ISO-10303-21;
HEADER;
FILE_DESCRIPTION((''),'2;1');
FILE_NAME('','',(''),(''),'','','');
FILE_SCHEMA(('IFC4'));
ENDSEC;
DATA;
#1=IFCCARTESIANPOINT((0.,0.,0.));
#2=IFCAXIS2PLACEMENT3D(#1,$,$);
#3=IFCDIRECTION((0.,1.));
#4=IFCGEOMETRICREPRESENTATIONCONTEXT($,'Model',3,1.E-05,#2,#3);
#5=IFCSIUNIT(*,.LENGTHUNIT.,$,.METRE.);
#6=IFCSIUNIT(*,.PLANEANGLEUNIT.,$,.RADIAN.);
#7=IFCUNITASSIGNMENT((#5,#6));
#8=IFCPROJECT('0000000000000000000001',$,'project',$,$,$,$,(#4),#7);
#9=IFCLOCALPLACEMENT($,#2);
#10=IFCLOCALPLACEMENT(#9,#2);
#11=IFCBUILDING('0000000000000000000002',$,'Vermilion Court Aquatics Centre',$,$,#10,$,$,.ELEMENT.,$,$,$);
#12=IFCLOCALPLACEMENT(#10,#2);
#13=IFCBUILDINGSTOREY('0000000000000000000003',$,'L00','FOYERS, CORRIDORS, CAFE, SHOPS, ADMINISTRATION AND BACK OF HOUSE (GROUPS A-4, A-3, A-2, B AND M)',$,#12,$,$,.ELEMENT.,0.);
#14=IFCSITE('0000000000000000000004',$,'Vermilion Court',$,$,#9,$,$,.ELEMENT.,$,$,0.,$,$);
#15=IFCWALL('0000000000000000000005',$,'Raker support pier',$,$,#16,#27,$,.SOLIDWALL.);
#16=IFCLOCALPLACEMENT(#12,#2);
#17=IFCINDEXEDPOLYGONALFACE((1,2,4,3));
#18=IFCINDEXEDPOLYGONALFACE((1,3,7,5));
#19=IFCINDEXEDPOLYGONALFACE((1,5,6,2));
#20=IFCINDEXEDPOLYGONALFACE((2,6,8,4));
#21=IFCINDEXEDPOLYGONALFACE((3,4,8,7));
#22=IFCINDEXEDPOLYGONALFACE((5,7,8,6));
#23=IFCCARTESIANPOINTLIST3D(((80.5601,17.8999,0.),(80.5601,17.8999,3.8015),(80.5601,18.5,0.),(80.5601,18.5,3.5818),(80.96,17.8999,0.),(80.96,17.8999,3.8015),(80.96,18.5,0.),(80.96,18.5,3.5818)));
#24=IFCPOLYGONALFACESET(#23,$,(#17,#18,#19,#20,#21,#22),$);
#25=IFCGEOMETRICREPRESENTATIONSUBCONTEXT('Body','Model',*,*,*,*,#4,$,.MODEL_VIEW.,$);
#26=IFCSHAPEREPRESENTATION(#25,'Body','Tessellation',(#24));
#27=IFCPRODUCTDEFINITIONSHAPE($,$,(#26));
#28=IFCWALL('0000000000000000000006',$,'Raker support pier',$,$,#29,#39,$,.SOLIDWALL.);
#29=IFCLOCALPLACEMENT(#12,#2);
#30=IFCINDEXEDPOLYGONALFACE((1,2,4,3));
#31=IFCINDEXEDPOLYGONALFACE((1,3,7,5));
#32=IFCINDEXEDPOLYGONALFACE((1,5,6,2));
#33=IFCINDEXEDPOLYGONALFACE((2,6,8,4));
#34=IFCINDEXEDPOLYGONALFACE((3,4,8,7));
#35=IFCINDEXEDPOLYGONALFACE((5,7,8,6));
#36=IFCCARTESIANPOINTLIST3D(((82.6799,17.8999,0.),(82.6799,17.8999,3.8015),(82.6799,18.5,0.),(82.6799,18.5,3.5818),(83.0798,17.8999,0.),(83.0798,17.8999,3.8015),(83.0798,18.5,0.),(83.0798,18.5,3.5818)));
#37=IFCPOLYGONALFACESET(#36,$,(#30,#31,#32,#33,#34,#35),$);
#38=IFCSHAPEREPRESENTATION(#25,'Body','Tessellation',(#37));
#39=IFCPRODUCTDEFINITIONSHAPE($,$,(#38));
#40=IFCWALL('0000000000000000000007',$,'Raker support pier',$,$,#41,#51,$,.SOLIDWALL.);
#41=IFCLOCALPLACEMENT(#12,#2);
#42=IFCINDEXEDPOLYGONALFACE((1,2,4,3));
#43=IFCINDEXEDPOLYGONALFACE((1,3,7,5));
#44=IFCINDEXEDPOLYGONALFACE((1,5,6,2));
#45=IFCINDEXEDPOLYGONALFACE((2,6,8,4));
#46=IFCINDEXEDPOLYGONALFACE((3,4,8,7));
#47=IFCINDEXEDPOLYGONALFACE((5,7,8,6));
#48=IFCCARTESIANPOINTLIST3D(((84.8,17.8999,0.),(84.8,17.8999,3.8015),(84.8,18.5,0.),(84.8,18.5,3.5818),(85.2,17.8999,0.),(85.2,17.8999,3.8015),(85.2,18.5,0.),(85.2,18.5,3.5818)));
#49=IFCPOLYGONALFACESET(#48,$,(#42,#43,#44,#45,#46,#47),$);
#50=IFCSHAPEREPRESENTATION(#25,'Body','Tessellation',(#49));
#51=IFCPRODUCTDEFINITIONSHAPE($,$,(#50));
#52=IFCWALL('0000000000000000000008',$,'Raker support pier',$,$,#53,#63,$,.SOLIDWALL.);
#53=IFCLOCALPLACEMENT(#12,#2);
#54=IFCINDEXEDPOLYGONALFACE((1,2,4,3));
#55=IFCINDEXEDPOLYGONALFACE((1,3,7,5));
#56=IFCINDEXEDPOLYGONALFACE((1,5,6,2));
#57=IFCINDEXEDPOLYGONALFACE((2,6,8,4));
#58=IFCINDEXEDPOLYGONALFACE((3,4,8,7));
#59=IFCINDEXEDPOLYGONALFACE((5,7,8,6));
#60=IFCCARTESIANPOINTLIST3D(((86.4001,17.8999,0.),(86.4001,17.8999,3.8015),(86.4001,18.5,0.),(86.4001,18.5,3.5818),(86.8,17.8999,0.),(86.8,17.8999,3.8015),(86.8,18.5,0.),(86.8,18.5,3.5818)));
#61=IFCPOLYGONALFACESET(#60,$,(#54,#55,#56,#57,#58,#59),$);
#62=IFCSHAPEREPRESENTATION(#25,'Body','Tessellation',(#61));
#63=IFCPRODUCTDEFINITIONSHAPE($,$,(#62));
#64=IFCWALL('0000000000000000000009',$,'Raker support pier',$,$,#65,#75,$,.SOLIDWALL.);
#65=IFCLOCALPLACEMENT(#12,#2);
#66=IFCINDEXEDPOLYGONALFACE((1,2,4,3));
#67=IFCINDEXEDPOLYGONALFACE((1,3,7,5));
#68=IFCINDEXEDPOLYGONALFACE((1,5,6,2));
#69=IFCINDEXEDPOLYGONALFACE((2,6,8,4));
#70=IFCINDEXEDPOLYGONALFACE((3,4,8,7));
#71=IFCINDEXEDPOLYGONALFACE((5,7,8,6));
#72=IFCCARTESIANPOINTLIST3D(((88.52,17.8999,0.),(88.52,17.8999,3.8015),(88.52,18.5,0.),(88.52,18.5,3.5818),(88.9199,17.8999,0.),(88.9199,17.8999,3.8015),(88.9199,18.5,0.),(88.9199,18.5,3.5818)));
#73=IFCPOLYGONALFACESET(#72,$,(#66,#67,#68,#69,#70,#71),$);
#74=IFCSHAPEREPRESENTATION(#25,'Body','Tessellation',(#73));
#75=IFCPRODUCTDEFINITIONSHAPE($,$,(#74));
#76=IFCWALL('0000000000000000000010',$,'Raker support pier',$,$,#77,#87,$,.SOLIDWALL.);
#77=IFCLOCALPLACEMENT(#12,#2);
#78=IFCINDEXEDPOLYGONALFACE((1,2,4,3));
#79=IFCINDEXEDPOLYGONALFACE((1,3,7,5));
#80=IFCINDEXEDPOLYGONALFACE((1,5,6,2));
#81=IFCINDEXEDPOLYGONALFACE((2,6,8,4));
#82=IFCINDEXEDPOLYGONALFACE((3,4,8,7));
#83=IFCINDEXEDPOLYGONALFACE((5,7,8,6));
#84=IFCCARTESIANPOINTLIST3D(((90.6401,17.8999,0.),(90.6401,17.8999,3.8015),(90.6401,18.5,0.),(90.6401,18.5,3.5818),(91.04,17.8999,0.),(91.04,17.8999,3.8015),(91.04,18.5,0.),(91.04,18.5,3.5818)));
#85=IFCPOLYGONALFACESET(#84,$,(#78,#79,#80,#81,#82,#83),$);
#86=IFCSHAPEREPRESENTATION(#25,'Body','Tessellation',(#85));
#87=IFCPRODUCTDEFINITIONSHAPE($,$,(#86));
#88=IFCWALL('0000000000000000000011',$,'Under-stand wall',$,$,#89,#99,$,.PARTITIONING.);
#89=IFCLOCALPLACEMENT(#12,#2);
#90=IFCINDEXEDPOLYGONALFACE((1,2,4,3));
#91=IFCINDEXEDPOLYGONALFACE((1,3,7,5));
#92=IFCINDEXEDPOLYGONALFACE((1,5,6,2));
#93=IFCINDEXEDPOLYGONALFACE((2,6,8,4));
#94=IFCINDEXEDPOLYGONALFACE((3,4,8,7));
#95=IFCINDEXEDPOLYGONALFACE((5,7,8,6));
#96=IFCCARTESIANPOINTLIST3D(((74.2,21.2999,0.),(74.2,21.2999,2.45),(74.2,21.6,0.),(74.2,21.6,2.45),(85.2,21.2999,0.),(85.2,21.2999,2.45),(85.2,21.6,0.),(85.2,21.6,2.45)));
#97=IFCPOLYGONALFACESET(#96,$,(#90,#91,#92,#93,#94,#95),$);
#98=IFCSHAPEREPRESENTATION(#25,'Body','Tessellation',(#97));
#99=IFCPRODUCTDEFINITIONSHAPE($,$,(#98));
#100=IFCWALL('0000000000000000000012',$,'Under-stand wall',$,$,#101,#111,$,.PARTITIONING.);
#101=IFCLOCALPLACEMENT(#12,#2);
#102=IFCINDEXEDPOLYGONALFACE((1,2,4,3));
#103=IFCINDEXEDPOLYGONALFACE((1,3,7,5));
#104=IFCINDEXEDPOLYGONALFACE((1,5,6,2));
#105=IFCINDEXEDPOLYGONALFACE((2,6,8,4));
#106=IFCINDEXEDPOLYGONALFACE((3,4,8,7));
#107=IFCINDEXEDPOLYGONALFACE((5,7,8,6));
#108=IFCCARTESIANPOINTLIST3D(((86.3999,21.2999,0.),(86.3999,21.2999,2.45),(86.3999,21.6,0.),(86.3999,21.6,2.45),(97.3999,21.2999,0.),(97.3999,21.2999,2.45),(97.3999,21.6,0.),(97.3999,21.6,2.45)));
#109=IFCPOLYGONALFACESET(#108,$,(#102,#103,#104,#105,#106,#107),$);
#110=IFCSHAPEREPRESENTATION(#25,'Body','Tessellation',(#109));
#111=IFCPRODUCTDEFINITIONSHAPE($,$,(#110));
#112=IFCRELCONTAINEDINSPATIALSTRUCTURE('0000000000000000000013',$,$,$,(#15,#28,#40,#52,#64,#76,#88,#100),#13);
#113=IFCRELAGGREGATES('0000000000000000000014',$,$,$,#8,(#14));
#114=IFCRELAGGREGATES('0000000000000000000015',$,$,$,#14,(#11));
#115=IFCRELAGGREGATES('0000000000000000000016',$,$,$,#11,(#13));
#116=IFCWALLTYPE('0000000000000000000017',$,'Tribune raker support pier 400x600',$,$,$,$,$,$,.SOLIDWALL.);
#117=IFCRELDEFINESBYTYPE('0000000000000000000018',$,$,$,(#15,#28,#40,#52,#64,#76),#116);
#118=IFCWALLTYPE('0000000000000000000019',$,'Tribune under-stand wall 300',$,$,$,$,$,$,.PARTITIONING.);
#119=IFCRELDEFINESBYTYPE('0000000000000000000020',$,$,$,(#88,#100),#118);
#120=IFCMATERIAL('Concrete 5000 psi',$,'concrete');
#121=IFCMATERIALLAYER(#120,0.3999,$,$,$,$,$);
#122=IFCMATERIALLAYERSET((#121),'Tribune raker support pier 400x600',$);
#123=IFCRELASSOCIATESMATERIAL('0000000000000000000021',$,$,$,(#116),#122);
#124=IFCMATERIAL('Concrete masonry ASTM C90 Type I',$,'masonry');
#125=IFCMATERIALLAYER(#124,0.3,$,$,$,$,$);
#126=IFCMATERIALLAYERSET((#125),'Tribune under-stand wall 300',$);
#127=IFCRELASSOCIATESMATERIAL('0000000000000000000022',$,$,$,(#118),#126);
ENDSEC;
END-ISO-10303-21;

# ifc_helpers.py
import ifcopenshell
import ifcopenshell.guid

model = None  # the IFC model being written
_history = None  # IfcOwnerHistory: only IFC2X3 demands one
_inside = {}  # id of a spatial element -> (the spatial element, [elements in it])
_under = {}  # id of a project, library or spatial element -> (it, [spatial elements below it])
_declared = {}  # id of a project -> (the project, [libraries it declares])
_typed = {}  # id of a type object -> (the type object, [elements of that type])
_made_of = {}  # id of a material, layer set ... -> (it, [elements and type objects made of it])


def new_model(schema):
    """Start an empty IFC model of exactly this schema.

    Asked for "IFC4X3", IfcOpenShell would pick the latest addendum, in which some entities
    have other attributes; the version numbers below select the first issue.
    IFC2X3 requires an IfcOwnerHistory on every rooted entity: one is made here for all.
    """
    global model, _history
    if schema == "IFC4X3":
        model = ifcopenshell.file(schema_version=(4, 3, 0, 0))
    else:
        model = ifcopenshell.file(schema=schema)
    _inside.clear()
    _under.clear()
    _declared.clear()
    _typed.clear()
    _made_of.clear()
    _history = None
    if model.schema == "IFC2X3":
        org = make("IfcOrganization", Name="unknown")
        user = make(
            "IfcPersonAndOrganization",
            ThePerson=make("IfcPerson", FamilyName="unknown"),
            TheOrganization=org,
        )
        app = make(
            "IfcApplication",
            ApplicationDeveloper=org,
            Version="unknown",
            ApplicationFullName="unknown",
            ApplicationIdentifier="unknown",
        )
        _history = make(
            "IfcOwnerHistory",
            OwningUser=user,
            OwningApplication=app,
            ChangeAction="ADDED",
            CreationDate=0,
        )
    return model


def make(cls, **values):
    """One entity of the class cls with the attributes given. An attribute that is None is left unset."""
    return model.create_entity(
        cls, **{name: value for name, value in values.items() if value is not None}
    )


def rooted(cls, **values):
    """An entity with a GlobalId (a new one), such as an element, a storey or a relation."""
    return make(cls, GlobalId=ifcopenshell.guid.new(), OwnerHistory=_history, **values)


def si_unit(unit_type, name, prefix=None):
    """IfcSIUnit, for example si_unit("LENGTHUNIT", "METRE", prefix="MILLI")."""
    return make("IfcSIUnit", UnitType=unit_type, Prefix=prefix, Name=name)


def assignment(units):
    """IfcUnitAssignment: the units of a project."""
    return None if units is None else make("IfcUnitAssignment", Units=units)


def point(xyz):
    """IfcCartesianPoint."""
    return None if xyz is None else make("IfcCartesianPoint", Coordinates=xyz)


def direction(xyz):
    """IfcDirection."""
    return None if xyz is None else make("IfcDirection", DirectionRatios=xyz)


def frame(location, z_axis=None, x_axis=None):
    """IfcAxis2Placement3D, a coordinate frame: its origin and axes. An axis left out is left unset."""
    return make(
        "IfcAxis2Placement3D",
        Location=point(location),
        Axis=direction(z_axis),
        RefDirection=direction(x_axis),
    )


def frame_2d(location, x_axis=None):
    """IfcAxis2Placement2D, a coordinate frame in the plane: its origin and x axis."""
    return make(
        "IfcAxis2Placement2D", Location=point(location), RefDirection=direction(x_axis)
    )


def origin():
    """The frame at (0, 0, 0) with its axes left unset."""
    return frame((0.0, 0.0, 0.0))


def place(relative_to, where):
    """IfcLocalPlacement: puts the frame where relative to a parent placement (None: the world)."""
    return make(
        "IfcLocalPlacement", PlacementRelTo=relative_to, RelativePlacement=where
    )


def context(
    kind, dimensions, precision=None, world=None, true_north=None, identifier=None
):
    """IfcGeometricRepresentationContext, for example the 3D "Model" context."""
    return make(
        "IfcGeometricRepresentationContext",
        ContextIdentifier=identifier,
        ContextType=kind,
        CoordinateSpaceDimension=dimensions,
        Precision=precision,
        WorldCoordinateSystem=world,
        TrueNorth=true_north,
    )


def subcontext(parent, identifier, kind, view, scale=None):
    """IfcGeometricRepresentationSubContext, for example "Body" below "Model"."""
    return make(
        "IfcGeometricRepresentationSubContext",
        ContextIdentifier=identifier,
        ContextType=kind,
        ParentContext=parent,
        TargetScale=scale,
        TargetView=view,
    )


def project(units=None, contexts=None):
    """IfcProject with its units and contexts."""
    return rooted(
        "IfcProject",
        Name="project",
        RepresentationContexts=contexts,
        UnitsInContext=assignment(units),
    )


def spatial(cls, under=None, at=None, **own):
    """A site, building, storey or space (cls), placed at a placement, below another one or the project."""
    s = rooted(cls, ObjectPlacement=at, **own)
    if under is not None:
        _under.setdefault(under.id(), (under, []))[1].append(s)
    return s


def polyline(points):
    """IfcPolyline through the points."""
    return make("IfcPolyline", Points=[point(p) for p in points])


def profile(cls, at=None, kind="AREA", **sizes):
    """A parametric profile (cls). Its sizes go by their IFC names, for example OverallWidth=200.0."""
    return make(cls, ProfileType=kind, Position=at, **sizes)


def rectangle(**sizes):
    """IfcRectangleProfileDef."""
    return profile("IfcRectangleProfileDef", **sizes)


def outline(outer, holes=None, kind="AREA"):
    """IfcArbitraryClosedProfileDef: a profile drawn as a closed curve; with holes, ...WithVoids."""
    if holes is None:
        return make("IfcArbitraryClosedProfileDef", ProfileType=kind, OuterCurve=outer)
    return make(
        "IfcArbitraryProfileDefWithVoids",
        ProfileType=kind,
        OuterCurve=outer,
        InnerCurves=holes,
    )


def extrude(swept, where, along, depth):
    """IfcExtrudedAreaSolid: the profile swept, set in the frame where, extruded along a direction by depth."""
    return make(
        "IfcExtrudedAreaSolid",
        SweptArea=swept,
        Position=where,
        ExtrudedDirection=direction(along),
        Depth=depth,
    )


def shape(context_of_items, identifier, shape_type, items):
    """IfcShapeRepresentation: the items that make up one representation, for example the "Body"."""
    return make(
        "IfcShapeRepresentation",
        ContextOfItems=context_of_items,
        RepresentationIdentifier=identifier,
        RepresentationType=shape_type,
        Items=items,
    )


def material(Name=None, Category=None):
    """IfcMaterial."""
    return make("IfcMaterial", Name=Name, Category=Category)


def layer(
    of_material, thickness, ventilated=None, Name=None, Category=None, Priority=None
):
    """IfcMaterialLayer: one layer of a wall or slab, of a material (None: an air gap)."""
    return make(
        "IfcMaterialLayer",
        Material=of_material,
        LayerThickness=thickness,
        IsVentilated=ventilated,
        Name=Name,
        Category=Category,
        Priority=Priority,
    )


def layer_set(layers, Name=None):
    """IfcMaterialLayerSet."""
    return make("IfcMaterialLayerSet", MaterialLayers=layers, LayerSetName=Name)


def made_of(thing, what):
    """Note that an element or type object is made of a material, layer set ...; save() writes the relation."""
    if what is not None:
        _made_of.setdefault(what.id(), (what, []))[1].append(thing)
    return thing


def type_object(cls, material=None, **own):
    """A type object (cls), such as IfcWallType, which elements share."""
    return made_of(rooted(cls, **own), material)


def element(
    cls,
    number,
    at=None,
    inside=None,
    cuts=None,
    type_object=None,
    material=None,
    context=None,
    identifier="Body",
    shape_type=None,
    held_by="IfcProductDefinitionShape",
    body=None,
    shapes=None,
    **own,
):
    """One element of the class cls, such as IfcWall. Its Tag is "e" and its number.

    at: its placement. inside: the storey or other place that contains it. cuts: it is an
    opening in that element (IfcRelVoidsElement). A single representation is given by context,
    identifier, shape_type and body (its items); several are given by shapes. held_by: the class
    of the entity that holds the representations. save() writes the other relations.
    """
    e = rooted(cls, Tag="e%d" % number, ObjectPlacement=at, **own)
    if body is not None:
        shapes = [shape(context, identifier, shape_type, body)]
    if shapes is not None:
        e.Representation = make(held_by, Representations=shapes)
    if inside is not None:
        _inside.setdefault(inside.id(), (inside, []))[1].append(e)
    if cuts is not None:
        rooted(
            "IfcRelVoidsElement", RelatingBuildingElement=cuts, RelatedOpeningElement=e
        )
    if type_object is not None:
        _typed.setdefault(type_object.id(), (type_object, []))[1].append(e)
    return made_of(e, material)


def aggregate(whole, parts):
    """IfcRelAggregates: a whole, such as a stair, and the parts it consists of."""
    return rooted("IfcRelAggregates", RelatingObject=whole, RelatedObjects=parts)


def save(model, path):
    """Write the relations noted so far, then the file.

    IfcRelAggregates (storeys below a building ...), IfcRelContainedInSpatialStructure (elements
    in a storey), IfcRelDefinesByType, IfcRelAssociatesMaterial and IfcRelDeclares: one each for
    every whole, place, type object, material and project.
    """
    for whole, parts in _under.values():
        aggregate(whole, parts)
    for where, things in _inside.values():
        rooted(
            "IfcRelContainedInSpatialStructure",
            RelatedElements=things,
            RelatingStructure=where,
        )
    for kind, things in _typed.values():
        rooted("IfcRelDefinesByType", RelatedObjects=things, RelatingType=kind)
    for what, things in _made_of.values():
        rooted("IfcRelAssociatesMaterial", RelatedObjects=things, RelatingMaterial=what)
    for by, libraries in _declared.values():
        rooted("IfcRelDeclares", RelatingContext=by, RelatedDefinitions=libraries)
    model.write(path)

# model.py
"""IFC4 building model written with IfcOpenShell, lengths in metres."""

from ifc_helpers import new_model, si_unit, direction, frame, frame_2d, origin, place, context, subcontext, project, spatial, polyline, rectangle, outline, extrude, material, layer, layer_set, type_object, element, save


model = new_model("IFC4")

# Units and contexts
model_context = context("Model", 3, precision=1e-05, world=origin(), true_north=direction((0.0, 1.0)))
body_context = subcontext(model_context, "Body", "Model", "MODEL_VIEW")
ifc_project = project(units=[si_unit("LENGTHUNIT", "METRE"), si_unit("PLANEANGLEUNIT", "RADIAN")], contexts=[model_context])

# Site, building, storey
site_placement = place(None, origin())
site = spatial("IfcSite", under=ifc_project, at=site_placement, Name="Vermilion Court", CompositionType="ELEMENT", RefElevation=0.0)
building_placement = place(site_placement, origin())
building = spatial("IfcBuilding", under=site, at=building_placement, Name="Vermilion Court Aquatics Centre", CompositionType="ELEMENT")
storey_placement = place(building_placement, origin())
storey = spatial("IfcBuildingStorey", under=building, at=storey_placement, Name="L00", Description="FOYERS, CORRIDORS, CAFE, SHOPS, ADMINISTRATION AND BACK OF HOUSE (GROUPS A-4, A-3, A-2, B AND M)", CompositionType="ELEMENT", Elevation=0.0)

# Walls
ifc_material_1 = material(Name="Concrete 5000 psi", Category="concrete")
ifc_layer_1 = layer(ifc_material_1, 0.3999)
ifc_layer_set_1 = layer_set([ifc_layer_1], Name="Tribune raker support pier 400x600")
wall_type_1 = type_object("IfcWallType", Name="Tribune raker support pier 400x600", PredefinedType="SOLIDWALL", material=ifc_layer_set_1)
for number, where, z_axis, x_axis, name in (
    (1, (80.76, 18.5, 0.0), (0.0, 0.0, 1.0), (0.0, -1.0, 0.0), "Raker support pier"),
    (2, (82.8799, 18.5, 0.0), (0.0, 0.0, 1.0), (0.0, -1.0, 0.0), "Raker support pier"),
    (3, (85.0, 18.5, 0.0), (0.0, 0.0, 1.0), (0.0, -1.0, 0.0), "Raker support pier"),
    (4, (86.6001, 18.5, 0.0), (0.0, 0.0, 1.0), (0.0, -1.0, 0.0), "Raker support pier"),
    (5, (88.72, 18.5, 0.0), (0.0, 0.0, 1.0), (0.0, -1.0, 0.0), "Raker support pier"),
    (6, (90.8401, 18.5, 0.0), (0.0, 0.0, 1.0), (0.0, -1.0, 0.0), "Raker support pier"),
):
    element("IfcWall", number, at=place(storey_placement, frame(where, z_axis=z_axis, x_axis=x_axis)), inside=storey, type_object=wall_type_1, Name=name, PredefinedType="SOLIDWALL", context=body_context, shape_type="SweptSolid", body=[
        extrude(outline(polyline([(0.0, 0.0), (0.6001, 0.0), (0.6001, 3.8015), (0.0, 3.5818), (0.0, 0.0)])), frame((0.0, 0.2, 0.0), z_axis=(0.0, -1.0, 0.0), x_axis=(1.0, 0.0, 0.0)), (0.0, 0.0, 1.0), 0.3999),
    ])
ifc_material_2 = material(Name="Concrete masonry ASTM C90 Type I", Category="masonry")
ifc_layer_2 = layer(ifc_material_2, 0.3)
ifc_layer_set_2 = layer_set([ifc_layer_2], Name="Tribune under-stand wall 300")
wall_type_2 = type_object("IfcWallType", Name="Tribune under-stand wall 300", PredefinedType="PARTITIONING", material=ifc_layer_set_2)
for number, where, z_axis, x_axis, name in (
    (7, (74.2, 21.45, 0.0), (0.0, 0.0, 1.0), (1.0, 0.0, 0.0), "Under-stand wall"),
    (8, (86.3999, 21.45, 0.0), (0.0, 0.0, 1.0), (1.0, 0.0, 0.0), "Under-stand wall"),
):
    element("IfcWall", number, at=place(storey_placement, frame(where, z_axis=z_axis, x_axis=x_axis)), inside=storey, type_object=wall_type_2, Name=name, PredefinedType="PARTITIONING", context=body_context, shape_type="SweptSolid", body=[
        extrude(rectangle(XDim=11.0, YDim=0.3, at=frame_2d((5.5, 0.0))), origin(), (0.0, 0.0, 1.0), 2.45),
    ])

save(model, "model.ifc")
